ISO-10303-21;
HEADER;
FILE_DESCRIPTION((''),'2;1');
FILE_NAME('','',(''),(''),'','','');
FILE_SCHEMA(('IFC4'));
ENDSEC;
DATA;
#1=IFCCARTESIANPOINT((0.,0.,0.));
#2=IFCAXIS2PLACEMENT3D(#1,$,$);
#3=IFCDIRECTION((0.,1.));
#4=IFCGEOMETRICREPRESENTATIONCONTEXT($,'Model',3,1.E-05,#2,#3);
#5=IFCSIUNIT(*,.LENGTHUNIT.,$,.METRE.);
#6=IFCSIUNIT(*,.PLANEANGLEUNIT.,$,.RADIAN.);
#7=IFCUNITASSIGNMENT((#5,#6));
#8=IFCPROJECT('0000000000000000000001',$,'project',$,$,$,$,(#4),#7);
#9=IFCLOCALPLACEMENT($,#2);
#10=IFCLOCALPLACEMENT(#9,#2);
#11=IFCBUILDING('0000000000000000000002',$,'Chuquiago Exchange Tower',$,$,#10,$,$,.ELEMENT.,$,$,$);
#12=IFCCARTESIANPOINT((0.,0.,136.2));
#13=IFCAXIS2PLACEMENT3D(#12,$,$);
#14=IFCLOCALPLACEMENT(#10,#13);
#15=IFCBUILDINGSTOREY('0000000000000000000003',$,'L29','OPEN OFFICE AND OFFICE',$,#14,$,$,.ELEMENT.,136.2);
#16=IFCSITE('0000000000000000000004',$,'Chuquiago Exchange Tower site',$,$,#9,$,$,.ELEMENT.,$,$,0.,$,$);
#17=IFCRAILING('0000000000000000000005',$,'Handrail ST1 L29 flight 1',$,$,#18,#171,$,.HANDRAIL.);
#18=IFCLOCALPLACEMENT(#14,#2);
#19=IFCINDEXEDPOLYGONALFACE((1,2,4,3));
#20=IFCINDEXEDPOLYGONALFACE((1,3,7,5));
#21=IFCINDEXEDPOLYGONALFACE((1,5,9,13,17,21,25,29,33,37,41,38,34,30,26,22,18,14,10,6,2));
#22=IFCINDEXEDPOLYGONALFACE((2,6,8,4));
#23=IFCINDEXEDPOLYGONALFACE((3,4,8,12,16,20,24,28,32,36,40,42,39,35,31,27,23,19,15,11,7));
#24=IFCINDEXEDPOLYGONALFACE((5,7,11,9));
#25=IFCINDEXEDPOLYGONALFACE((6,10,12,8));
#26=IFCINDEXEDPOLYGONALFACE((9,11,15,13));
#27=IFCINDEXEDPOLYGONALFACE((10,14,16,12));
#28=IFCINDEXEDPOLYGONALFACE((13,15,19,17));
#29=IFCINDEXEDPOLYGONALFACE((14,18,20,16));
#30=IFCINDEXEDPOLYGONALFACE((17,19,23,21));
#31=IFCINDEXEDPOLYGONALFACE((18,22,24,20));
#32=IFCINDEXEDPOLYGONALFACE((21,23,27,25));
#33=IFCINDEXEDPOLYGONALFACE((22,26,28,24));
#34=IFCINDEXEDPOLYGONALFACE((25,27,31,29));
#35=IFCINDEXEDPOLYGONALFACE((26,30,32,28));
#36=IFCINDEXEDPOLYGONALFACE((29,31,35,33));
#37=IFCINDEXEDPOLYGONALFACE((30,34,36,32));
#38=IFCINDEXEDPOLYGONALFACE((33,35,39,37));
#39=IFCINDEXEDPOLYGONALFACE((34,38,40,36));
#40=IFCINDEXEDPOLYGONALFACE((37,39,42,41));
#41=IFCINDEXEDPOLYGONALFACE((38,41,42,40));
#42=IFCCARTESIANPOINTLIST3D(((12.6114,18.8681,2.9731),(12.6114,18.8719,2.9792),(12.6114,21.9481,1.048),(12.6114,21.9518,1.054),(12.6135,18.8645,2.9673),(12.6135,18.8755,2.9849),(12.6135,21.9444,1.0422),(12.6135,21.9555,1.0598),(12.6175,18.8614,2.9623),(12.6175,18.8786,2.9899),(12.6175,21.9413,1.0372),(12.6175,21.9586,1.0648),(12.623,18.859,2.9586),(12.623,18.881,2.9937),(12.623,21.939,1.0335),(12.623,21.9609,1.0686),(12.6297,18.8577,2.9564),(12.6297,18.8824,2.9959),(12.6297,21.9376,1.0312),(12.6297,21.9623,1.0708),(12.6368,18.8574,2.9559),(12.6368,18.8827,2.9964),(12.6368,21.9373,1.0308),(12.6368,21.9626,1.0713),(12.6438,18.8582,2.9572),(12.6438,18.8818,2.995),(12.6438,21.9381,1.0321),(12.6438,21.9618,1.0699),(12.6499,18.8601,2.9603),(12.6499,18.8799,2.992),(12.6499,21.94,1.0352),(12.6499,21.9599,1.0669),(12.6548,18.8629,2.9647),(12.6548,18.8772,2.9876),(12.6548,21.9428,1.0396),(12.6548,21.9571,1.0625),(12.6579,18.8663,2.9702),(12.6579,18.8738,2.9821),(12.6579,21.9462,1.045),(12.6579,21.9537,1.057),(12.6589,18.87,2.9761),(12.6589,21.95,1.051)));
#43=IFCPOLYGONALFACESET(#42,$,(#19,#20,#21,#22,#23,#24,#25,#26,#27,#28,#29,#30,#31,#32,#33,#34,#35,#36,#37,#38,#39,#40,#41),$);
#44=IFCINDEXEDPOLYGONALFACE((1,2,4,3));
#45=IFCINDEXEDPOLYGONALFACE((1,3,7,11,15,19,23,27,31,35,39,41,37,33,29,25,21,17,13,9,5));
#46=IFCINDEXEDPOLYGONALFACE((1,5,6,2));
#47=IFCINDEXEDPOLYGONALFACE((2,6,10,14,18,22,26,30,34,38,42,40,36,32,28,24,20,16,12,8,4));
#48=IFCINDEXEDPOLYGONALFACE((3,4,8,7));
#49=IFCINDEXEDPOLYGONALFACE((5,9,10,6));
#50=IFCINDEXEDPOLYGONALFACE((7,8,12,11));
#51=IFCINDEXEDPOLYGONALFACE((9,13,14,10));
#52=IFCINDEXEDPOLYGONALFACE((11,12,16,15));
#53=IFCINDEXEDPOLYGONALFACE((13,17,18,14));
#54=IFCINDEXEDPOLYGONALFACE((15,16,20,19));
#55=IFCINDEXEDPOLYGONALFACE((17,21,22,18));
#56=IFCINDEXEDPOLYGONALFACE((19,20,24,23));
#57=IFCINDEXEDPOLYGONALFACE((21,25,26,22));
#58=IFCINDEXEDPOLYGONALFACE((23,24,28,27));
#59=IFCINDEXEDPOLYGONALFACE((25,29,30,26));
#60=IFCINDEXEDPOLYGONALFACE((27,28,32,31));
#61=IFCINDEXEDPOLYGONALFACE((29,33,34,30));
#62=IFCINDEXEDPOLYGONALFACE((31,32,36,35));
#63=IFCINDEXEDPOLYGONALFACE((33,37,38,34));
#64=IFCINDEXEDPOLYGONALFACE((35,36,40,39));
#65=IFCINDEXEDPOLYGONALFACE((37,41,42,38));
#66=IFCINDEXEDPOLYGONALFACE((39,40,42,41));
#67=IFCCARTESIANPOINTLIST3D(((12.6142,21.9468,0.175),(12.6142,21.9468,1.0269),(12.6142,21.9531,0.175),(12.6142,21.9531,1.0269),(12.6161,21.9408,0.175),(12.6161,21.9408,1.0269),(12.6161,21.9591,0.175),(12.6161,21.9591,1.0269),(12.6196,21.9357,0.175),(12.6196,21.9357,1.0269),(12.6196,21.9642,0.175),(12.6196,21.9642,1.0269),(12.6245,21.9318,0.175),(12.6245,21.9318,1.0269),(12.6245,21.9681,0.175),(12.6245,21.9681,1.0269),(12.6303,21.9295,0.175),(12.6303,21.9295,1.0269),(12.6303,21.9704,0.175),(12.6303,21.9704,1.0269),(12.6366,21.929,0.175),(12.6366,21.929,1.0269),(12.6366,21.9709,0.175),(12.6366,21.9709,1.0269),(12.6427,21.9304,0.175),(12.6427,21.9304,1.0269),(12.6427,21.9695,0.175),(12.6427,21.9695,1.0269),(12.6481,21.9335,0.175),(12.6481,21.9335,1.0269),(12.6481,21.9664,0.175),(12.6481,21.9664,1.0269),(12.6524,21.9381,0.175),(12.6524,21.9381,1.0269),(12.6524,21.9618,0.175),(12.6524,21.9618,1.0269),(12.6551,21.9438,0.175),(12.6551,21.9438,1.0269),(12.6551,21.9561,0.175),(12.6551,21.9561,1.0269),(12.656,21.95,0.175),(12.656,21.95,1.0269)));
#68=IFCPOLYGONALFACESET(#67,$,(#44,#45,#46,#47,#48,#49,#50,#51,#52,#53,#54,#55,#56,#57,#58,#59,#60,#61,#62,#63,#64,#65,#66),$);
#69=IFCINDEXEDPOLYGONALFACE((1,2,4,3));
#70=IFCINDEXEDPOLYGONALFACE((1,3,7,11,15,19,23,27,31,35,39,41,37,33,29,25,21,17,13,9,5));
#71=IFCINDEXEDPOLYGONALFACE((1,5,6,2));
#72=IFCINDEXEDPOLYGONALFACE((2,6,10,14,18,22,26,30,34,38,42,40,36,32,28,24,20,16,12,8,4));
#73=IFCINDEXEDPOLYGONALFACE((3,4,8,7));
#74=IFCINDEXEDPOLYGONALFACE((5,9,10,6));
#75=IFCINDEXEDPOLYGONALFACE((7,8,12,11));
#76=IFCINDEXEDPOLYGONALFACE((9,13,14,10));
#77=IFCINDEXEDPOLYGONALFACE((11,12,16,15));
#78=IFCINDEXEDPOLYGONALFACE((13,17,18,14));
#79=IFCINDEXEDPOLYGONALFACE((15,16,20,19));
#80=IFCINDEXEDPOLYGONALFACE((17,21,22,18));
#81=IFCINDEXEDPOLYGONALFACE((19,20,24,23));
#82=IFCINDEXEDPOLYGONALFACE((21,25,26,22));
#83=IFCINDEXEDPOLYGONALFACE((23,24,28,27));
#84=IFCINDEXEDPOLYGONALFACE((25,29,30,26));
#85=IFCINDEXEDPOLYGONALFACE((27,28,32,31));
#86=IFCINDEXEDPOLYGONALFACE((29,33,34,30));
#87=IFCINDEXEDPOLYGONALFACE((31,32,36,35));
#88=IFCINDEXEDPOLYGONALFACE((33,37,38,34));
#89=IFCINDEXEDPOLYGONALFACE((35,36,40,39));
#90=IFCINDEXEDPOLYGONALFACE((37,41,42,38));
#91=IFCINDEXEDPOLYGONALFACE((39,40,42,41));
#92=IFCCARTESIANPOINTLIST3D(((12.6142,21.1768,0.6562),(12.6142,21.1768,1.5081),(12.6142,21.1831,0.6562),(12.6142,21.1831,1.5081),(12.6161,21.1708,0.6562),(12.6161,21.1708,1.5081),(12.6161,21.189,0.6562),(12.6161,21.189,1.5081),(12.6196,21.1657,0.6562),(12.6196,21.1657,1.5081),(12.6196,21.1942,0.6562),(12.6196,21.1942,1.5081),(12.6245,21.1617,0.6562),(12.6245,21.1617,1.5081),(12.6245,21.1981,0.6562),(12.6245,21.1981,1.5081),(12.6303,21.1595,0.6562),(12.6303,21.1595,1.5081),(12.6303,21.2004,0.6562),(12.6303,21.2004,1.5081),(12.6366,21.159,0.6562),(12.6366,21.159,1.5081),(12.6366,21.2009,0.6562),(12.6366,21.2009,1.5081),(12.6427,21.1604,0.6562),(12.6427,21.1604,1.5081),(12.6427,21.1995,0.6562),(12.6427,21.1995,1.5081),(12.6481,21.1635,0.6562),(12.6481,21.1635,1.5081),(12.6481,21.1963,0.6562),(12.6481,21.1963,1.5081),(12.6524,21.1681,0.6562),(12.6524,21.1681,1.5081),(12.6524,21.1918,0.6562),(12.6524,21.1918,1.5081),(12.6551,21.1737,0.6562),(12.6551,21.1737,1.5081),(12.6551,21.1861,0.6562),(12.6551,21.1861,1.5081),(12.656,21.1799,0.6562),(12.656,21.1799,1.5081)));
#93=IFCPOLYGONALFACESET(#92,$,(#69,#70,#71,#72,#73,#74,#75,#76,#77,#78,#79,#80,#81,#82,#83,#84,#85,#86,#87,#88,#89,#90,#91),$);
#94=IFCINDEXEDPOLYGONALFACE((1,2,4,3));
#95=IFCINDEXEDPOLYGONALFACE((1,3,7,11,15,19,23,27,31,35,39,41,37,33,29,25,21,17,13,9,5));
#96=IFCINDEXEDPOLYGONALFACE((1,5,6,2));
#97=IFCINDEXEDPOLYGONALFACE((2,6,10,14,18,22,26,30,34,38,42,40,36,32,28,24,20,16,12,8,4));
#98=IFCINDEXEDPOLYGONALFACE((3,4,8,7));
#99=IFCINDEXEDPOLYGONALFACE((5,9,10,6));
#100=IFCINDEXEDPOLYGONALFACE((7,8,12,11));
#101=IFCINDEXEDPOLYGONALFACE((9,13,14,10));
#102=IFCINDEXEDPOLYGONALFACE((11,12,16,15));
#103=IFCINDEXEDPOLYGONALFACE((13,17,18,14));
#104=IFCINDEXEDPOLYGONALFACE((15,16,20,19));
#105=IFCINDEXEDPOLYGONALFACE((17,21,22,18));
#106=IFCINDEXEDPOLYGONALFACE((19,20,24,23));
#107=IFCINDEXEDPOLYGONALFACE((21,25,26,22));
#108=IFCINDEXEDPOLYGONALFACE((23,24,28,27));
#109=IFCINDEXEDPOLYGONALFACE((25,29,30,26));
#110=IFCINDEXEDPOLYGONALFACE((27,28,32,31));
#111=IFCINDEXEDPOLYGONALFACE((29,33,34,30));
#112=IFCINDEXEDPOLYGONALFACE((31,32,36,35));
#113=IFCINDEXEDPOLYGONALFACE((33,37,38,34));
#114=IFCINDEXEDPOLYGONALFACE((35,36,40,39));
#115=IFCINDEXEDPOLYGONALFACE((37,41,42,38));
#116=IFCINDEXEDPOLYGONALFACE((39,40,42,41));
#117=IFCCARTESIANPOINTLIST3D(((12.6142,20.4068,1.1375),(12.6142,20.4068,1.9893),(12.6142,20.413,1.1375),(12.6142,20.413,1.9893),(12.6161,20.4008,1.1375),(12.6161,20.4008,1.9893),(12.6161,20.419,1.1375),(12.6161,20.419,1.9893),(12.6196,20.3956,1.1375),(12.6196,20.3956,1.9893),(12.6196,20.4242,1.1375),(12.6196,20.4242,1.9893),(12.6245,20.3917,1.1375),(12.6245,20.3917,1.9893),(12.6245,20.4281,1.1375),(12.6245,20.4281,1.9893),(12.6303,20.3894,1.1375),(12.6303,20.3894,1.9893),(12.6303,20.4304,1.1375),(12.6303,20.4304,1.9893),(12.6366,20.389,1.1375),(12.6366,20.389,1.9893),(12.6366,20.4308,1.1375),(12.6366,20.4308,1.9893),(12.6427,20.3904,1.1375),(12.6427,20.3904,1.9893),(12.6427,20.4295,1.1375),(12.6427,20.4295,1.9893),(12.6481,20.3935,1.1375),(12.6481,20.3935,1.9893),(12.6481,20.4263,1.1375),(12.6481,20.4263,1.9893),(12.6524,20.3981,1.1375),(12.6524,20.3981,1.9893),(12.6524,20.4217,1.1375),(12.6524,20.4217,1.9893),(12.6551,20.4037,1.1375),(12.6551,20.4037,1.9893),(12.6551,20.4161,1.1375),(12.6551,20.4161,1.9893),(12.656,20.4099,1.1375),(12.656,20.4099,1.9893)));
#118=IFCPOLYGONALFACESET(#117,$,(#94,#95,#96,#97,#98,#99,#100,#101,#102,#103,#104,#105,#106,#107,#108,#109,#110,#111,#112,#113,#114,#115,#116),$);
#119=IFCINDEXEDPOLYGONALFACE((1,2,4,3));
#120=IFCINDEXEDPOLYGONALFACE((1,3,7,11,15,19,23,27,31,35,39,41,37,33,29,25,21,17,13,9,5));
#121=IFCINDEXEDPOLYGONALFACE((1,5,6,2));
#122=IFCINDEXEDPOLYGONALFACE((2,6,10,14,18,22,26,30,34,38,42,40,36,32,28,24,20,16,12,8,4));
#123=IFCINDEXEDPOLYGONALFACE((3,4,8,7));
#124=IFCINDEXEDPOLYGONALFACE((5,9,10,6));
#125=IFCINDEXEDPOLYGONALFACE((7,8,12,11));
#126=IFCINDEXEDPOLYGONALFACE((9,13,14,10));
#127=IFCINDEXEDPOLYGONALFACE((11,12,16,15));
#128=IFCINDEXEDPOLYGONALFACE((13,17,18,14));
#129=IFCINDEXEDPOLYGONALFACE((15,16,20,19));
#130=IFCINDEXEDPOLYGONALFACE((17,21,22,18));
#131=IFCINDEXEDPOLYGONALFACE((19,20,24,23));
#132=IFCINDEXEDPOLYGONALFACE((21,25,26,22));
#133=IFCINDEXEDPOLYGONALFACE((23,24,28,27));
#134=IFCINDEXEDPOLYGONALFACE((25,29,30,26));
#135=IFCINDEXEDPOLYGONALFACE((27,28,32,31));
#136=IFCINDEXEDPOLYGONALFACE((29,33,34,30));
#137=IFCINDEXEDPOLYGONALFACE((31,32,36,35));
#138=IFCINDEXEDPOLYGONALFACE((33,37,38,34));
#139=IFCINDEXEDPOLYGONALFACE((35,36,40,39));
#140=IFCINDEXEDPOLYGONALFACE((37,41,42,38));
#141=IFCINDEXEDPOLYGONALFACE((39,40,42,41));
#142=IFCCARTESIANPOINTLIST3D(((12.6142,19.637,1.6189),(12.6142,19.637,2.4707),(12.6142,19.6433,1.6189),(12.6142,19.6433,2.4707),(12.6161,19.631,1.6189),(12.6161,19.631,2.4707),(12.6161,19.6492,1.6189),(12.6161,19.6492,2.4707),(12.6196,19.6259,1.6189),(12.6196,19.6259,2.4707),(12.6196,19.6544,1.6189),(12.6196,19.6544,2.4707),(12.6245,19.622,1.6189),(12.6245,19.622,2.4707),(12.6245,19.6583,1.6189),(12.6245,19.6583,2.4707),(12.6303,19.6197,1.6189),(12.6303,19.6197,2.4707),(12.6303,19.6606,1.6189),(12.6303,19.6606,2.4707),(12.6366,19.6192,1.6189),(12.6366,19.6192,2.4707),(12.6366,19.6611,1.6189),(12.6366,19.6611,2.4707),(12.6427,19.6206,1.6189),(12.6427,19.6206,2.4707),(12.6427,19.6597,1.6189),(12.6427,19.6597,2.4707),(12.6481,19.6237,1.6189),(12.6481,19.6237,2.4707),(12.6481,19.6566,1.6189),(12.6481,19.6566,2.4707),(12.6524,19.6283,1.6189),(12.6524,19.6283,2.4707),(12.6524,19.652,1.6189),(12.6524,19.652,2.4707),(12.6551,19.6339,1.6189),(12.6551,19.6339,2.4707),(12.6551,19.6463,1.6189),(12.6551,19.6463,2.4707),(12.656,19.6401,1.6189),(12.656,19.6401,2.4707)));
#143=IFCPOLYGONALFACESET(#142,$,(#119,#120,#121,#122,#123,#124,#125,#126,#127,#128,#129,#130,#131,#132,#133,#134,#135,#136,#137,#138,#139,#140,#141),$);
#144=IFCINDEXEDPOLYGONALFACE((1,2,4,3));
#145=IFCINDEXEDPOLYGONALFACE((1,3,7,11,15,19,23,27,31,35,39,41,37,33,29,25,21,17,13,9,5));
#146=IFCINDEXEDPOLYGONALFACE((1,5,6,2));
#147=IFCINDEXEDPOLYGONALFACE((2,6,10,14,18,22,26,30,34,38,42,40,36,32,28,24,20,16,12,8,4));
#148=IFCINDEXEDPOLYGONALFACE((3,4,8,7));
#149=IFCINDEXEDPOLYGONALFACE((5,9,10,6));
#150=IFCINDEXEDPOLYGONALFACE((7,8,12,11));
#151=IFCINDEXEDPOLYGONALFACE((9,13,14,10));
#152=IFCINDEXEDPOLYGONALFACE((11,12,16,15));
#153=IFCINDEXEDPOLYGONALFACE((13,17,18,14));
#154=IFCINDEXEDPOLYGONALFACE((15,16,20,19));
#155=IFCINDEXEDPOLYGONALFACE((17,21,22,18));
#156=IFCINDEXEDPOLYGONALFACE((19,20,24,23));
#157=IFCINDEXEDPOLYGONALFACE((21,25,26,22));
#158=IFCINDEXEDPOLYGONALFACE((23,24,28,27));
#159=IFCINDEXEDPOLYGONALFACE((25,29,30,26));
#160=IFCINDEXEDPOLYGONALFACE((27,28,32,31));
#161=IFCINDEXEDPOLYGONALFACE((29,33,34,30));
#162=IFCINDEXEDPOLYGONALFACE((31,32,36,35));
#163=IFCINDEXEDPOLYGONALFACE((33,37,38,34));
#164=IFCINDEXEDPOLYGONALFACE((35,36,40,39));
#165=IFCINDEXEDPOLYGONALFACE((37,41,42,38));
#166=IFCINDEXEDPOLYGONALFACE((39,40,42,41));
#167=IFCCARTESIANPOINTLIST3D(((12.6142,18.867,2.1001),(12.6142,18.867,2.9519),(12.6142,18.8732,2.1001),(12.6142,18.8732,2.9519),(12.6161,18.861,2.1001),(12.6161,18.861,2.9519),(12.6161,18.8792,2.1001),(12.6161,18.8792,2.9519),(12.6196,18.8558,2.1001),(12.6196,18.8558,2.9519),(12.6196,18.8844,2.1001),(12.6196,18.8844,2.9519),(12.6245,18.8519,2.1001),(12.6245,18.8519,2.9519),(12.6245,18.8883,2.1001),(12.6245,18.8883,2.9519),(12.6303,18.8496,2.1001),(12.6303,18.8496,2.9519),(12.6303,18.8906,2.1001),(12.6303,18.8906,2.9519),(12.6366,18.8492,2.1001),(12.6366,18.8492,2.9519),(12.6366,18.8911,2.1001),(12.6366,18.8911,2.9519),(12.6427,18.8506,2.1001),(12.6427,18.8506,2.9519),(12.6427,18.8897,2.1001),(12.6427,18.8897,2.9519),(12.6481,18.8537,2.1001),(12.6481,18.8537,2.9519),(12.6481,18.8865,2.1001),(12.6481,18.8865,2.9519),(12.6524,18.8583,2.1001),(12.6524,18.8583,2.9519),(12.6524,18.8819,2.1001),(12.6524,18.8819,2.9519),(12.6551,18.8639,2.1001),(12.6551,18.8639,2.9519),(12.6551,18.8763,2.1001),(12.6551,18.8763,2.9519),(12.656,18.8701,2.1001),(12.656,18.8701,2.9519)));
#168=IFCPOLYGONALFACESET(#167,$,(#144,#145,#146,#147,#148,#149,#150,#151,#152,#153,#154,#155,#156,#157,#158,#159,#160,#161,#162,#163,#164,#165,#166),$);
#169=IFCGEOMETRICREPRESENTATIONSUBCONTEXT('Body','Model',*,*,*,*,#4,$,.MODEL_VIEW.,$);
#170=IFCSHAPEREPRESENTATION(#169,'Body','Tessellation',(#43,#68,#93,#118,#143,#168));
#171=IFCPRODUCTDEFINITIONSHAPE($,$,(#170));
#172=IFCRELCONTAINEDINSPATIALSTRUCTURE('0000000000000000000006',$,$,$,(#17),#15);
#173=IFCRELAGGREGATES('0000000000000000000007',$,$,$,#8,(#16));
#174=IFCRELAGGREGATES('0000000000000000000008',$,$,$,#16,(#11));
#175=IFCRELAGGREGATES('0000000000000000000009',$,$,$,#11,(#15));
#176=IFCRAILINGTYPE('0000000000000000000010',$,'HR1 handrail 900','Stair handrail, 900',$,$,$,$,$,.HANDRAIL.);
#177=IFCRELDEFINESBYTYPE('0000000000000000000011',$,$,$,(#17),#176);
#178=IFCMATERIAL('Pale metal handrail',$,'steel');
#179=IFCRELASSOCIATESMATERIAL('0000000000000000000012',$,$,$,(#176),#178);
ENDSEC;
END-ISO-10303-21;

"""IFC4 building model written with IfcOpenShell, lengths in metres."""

from ifc_helpers import new_model, si_unit, direction, frame, origin, origin_2d, place, context, subcontext, project, spatial, circle, extrude, material, type_object, element, save


model = new_model("IFC4")

# Units and contexts
model_context = context("Model", 3, precision=1e-05, world=origin(), true_north=direction((0.0, 1.0)))
body_context = subcontext(model_context, "Body", "Model", "MODEL_VIEW")
ifc_project = project(units=[si_unit("LENGTHUNIT", "METRE"), si_unit("PLANEANGLEUNIT", "RADIAN")], contexts=[model_context])

# Site, building, storey
site_placement = place(None, origin())
site = spatial("IfcSite", under=ifc_project, at=site_placement, Name="Chuquiago Exchange Tower site", CompositionType="ELEMENT", RefElevation=0.0)
building_placement = place(site_placement, origin())
building = spatial("IfcBuilding", under=site, at=building_placement, Name="Chuquiago Exchange Tower", CompositionType="ELEMENT")
storey_placement = place(building_placement, frame((0.0, 0.0, 136.2)))
storey = spatial("IfcBuildingStorey", under=building, at=storey_placement, Name="L29", Description="OPEN OFFICE AND OFFICE", CompositionType="ELEMENT", Elevation=136.2)

# Railing
ifc_material_1 = material(Name="Pale metal handrail", Category="steel")
railing_type_1 = type_object("IfcRailingType", Name="HR1 handrail 900", Description="Stair handrail, 900", PredefinedType="HANDRAIL", material=ifc_material_1)
for number, where, name in (
    (1, (12.635, 21.95, 0.175), "Handrail ST1 L29 flight 1"),
):
    element("IfcRailing", number, at=place(storey_placement, frame(where)), inside=storey, type_object=railing_type_1, Name=name, PredefinedType="HANDRAIL", context=body_context, shape_type="SweptSolid", body=[
        extrude(circle(Radius=0.0239, at=origin_2d()), frame((0.0, 0.0, 0.876), z_axis=(0.0, -0.847979, 0.530029), x_axis=(1.0, 0.0, 0.0)), (0.0, 0.0, 1.0), 3.6321),
        extrude(circle(Radius=0.021, at=origin_2d()), origin(), (0.0, 0.0, 1.0), 0.8518),
        extrude(circle(Radius=0.021, at=origin_2d()), frame((0.0, -0.77, 0.4812)), (0.0, 0.0, 1.0), 0.8518),
        extrude(circle(Radius=0.021, at=origin_2d()), frame((0.0, -1.54, 0.9624)), (0.0, 0.0, 1.0), 0.8518),
        extrude(circle(Radius=0.021, at=origin_2d()), frame((0.0, -2.3098, 1.4438)), (0.0, 0.0, 1.0), 0.8518),
        extrude(circle(Radius=0.021, at=origin_2d()), frame((0.0, -3.0798, 1.925)), (0.0, 0.0, 1.0), 0.8518),
    ])

save(model, "model.ifc")
